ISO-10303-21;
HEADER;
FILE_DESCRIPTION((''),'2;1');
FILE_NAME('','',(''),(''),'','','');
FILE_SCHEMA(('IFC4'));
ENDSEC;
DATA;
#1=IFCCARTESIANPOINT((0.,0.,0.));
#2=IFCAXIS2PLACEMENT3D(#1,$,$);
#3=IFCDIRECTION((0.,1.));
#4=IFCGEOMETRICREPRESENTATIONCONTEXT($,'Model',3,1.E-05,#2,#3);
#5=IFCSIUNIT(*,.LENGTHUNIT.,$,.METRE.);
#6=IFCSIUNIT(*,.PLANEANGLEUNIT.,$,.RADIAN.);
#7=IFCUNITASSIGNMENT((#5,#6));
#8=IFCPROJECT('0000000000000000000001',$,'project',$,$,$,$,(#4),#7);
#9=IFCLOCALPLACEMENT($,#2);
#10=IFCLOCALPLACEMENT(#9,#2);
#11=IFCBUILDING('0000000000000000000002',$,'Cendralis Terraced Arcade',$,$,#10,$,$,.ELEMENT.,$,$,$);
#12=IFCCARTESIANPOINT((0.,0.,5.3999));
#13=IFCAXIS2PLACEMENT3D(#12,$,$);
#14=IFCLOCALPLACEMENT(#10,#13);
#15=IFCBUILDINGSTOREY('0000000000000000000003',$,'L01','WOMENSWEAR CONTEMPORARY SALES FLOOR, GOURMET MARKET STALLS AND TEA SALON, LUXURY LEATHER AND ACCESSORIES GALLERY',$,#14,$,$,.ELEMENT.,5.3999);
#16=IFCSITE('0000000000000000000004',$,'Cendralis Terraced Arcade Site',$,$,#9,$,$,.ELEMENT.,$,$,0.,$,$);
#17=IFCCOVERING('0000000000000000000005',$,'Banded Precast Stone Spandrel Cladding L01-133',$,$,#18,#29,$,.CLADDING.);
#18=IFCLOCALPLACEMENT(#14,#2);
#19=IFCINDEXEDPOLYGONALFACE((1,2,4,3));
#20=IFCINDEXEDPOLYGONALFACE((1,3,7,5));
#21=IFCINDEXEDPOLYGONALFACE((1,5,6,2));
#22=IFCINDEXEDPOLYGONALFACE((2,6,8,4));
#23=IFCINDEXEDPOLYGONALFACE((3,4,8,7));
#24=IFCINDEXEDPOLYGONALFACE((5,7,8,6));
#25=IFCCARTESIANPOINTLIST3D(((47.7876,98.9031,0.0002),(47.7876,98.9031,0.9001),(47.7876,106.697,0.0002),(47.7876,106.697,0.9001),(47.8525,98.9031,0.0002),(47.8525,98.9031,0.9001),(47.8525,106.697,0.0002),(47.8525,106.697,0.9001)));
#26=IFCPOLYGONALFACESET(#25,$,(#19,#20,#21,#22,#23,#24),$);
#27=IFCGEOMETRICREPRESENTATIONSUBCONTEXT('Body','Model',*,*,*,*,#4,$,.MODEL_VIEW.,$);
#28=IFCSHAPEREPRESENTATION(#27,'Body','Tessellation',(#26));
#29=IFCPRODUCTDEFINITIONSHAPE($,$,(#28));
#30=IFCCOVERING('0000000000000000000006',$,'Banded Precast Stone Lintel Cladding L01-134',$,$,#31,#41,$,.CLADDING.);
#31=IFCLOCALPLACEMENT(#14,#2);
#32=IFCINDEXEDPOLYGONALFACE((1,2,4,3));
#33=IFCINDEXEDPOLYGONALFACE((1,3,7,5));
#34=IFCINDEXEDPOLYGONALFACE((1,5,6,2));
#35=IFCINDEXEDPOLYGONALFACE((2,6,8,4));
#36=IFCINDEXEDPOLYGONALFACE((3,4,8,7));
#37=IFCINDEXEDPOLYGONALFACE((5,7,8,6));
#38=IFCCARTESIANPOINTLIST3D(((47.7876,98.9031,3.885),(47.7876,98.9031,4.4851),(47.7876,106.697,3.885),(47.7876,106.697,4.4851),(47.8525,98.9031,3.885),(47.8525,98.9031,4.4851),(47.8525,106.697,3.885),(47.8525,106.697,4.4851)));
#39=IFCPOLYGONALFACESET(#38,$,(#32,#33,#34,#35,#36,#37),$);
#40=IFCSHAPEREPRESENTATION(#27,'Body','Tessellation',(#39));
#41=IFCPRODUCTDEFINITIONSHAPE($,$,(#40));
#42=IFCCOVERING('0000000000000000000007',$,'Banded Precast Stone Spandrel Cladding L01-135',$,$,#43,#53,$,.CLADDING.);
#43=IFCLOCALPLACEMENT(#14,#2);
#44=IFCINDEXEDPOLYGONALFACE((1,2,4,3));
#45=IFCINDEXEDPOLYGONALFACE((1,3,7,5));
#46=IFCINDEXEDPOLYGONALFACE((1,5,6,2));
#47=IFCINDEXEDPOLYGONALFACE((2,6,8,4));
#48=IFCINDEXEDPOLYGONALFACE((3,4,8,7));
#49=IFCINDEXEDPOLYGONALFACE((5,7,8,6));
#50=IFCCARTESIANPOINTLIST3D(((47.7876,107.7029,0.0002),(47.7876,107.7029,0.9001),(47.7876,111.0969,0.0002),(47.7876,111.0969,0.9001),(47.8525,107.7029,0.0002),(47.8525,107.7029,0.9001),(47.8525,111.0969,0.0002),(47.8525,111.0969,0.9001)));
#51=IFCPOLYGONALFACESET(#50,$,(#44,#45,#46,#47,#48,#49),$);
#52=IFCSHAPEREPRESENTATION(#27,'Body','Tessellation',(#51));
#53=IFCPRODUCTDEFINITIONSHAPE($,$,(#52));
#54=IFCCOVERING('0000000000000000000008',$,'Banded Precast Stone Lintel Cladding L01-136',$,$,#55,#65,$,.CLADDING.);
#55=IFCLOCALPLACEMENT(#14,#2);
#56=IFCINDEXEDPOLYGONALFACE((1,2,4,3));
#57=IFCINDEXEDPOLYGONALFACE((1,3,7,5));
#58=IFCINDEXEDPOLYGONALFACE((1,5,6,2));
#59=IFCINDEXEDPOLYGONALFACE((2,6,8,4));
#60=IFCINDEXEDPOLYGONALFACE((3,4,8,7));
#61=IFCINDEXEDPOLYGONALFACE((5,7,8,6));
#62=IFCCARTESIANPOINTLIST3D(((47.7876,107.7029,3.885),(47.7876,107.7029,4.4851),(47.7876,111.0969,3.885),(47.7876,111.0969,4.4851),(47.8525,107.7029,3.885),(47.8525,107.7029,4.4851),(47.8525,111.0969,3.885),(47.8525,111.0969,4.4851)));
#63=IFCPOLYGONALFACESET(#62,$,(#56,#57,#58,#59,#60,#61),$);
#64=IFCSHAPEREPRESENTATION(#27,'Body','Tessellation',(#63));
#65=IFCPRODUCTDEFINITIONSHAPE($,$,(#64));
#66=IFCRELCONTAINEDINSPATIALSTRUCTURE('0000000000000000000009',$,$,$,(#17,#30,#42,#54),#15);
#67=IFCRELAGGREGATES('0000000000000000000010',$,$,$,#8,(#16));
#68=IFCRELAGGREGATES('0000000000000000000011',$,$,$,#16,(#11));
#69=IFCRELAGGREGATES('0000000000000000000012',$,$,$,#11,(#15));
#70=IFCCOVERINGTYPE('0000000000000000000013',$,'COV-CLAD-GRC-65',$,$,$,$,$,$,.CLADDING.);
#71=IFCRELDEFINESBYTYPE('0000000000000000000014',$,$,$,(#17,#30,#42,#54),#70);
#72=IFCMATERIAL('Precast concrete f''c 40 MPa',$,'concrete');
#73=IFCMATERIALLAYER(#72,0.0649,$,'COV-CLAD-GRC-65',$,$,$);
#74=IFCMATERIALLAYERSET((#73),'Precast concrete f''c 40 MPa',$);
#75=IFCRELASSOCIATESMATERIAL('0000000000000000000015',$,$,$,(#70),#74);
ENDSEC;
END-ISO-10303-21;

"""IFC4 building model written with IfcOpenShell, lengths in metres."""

from ifc_helpers import new_model, si_unit, direction, frame, origin, origin_2d, place, context, subcontext, project, spatial, rectangle, extrude, material, layer, layer_set, type_object, element, save


model = new_model("IFC4")

# Units and contexts
model_context = context("Model", 3, precision=1e-05, world=origin(), true_north=direction((0.0, 1.0)))
body_context = subcontext(model_context, "Body", "Model", "MODEL_VIEW")
ifc_project = project(units=[si_unit("LENGTHUNIT", "METRE"), si_unit("PLANEANGLEUNIT", "RADIAN")], contexts=[model_context])

# Site, building, storey
site_placement = place(None, origin())
site = spatial("IfcSite", under=ifc_project, at=site_placement, Name="Cendralis Terraced Arcade Site", CompositionType="ELEMENT", RefElevation=0.0)
building_placement = place(site_placement, origin())
building = spatial("IfcBuilding", under=site, at=building_placement, Name="Cendralis Terraced Arcade", CompositionType="ELEMENT")
storey_placement = place(building_placement, frame((0.0, 0.0, 5.3999)))
storey = spatial("IfcBuildingStorey", under=building, at=storey_placement, Name="L01", Description="WOMENSWEAR CONTEMPORARY SALES FLOOR, GOURMET MARKET STALLS AND TEA SALON, LUXURY LEATHER AND ACCESSORIES GALLERY", CompositionType="ELEMENT", Elevation=5.3999)

# Shared definitions
ifc_material_1 = material(Name="Precast concrete f'c 40 MPa", Category="concrete")

# Coverings
ifc_layer_1 = layer(ifc_material_1, 0.0649, Name="COV-CLAD-GRC-65")
ifc_layer_set_1 = layer_set([ifc_layer_1], Name="Precast concrete f'c 40 MPa")
covering_type = type_object("IfcCoveringType", Name="COV-CLAD-GRC-65", PredefinedType="CLADDING", material=ifc_layer_set_1)
covering_1_placement = place(storey_placement, frame((47.8201, 102.8, 0.0002), z_axis=(0.0, 0.0, 1.0), x_axis=(0.0, 1.0, 0.0)))
element("IfcCovering", 1, at=covering_1_placement, inside=storey, type_object=covering_type, Name="Banded Precast Stone Spandrel Cladding L01-133", PredefinedType="CLADDING", context=body_context, shape_type="SweptSolid", body=[
    extrude(rectangle(XDim=7.7939, YDim=0.0649, at=origin_2d()), origin(), (0.0, 0.0, 1.0), 0.8999),
])
covering_2_placement = place(storey_placement, frame((47.8201, 102.8, 3.885), z_axis=(0.0, 0.0, 1.0), x_axis=(0.0, 1.0, 0.0)))
element("IfcCovering", 2, at=covering_2_placement, inside=storey, type_object=covering_type, Name="Banded Precast Stone Lintel Cladding L01-134", PredefinedType="CLADDING", context=body_context, shape_type="SweptSolid", body=[
    extrude(rectangle(XDim=7.7939, YDim=0.0649, at=origin_2d()), origin(), (0.0, 0.0, 1.0), 0.6001),
])
covering_3_placement = place(storey_placement, frame((47.8201, 109.3999, 0.0002), z_axis=(0.0, 0.0, 1.0), x_axis=(0.0, 1.0, 0.0)))
element("IfcCovering", 3, at=covering_3_placement, inside=storey, type_object=covering_type, Name="Banded Precast Stone Spandrel Cladding L01-135", PredefinedType="CLADDING", context=body_context, shape_type="SweptSolid", body=[
    extrude(rectangle(XDim=3.394, YDim=0.0649, at=origin_2d()), origin(), (0.0, 0.0, 1.0), 0.8999),
])
covering_4_placement = place(storey_placement, frame((47.8201, 109.3999, 3.885), z_axis=(0.0, 0.0, 1.0), x_axis=(0.0, 1.0, 0.0)))
element("IfcCovering", 4, at=covering_4_placement, inside=storey, type_object=covering_type, Name="Banded Precast Stone Lintel Cladding L01-136", PredefinedType="CLADDING", context=body_context, shape_type="SweptSolid", body=[
    extrude(rectangle(XDim=3.394, YDim=0.0649, at=origin_2d()), origin(), (0.0, 0.0, 1.0), 0.6001),
])

save(model, "model.ifc")
